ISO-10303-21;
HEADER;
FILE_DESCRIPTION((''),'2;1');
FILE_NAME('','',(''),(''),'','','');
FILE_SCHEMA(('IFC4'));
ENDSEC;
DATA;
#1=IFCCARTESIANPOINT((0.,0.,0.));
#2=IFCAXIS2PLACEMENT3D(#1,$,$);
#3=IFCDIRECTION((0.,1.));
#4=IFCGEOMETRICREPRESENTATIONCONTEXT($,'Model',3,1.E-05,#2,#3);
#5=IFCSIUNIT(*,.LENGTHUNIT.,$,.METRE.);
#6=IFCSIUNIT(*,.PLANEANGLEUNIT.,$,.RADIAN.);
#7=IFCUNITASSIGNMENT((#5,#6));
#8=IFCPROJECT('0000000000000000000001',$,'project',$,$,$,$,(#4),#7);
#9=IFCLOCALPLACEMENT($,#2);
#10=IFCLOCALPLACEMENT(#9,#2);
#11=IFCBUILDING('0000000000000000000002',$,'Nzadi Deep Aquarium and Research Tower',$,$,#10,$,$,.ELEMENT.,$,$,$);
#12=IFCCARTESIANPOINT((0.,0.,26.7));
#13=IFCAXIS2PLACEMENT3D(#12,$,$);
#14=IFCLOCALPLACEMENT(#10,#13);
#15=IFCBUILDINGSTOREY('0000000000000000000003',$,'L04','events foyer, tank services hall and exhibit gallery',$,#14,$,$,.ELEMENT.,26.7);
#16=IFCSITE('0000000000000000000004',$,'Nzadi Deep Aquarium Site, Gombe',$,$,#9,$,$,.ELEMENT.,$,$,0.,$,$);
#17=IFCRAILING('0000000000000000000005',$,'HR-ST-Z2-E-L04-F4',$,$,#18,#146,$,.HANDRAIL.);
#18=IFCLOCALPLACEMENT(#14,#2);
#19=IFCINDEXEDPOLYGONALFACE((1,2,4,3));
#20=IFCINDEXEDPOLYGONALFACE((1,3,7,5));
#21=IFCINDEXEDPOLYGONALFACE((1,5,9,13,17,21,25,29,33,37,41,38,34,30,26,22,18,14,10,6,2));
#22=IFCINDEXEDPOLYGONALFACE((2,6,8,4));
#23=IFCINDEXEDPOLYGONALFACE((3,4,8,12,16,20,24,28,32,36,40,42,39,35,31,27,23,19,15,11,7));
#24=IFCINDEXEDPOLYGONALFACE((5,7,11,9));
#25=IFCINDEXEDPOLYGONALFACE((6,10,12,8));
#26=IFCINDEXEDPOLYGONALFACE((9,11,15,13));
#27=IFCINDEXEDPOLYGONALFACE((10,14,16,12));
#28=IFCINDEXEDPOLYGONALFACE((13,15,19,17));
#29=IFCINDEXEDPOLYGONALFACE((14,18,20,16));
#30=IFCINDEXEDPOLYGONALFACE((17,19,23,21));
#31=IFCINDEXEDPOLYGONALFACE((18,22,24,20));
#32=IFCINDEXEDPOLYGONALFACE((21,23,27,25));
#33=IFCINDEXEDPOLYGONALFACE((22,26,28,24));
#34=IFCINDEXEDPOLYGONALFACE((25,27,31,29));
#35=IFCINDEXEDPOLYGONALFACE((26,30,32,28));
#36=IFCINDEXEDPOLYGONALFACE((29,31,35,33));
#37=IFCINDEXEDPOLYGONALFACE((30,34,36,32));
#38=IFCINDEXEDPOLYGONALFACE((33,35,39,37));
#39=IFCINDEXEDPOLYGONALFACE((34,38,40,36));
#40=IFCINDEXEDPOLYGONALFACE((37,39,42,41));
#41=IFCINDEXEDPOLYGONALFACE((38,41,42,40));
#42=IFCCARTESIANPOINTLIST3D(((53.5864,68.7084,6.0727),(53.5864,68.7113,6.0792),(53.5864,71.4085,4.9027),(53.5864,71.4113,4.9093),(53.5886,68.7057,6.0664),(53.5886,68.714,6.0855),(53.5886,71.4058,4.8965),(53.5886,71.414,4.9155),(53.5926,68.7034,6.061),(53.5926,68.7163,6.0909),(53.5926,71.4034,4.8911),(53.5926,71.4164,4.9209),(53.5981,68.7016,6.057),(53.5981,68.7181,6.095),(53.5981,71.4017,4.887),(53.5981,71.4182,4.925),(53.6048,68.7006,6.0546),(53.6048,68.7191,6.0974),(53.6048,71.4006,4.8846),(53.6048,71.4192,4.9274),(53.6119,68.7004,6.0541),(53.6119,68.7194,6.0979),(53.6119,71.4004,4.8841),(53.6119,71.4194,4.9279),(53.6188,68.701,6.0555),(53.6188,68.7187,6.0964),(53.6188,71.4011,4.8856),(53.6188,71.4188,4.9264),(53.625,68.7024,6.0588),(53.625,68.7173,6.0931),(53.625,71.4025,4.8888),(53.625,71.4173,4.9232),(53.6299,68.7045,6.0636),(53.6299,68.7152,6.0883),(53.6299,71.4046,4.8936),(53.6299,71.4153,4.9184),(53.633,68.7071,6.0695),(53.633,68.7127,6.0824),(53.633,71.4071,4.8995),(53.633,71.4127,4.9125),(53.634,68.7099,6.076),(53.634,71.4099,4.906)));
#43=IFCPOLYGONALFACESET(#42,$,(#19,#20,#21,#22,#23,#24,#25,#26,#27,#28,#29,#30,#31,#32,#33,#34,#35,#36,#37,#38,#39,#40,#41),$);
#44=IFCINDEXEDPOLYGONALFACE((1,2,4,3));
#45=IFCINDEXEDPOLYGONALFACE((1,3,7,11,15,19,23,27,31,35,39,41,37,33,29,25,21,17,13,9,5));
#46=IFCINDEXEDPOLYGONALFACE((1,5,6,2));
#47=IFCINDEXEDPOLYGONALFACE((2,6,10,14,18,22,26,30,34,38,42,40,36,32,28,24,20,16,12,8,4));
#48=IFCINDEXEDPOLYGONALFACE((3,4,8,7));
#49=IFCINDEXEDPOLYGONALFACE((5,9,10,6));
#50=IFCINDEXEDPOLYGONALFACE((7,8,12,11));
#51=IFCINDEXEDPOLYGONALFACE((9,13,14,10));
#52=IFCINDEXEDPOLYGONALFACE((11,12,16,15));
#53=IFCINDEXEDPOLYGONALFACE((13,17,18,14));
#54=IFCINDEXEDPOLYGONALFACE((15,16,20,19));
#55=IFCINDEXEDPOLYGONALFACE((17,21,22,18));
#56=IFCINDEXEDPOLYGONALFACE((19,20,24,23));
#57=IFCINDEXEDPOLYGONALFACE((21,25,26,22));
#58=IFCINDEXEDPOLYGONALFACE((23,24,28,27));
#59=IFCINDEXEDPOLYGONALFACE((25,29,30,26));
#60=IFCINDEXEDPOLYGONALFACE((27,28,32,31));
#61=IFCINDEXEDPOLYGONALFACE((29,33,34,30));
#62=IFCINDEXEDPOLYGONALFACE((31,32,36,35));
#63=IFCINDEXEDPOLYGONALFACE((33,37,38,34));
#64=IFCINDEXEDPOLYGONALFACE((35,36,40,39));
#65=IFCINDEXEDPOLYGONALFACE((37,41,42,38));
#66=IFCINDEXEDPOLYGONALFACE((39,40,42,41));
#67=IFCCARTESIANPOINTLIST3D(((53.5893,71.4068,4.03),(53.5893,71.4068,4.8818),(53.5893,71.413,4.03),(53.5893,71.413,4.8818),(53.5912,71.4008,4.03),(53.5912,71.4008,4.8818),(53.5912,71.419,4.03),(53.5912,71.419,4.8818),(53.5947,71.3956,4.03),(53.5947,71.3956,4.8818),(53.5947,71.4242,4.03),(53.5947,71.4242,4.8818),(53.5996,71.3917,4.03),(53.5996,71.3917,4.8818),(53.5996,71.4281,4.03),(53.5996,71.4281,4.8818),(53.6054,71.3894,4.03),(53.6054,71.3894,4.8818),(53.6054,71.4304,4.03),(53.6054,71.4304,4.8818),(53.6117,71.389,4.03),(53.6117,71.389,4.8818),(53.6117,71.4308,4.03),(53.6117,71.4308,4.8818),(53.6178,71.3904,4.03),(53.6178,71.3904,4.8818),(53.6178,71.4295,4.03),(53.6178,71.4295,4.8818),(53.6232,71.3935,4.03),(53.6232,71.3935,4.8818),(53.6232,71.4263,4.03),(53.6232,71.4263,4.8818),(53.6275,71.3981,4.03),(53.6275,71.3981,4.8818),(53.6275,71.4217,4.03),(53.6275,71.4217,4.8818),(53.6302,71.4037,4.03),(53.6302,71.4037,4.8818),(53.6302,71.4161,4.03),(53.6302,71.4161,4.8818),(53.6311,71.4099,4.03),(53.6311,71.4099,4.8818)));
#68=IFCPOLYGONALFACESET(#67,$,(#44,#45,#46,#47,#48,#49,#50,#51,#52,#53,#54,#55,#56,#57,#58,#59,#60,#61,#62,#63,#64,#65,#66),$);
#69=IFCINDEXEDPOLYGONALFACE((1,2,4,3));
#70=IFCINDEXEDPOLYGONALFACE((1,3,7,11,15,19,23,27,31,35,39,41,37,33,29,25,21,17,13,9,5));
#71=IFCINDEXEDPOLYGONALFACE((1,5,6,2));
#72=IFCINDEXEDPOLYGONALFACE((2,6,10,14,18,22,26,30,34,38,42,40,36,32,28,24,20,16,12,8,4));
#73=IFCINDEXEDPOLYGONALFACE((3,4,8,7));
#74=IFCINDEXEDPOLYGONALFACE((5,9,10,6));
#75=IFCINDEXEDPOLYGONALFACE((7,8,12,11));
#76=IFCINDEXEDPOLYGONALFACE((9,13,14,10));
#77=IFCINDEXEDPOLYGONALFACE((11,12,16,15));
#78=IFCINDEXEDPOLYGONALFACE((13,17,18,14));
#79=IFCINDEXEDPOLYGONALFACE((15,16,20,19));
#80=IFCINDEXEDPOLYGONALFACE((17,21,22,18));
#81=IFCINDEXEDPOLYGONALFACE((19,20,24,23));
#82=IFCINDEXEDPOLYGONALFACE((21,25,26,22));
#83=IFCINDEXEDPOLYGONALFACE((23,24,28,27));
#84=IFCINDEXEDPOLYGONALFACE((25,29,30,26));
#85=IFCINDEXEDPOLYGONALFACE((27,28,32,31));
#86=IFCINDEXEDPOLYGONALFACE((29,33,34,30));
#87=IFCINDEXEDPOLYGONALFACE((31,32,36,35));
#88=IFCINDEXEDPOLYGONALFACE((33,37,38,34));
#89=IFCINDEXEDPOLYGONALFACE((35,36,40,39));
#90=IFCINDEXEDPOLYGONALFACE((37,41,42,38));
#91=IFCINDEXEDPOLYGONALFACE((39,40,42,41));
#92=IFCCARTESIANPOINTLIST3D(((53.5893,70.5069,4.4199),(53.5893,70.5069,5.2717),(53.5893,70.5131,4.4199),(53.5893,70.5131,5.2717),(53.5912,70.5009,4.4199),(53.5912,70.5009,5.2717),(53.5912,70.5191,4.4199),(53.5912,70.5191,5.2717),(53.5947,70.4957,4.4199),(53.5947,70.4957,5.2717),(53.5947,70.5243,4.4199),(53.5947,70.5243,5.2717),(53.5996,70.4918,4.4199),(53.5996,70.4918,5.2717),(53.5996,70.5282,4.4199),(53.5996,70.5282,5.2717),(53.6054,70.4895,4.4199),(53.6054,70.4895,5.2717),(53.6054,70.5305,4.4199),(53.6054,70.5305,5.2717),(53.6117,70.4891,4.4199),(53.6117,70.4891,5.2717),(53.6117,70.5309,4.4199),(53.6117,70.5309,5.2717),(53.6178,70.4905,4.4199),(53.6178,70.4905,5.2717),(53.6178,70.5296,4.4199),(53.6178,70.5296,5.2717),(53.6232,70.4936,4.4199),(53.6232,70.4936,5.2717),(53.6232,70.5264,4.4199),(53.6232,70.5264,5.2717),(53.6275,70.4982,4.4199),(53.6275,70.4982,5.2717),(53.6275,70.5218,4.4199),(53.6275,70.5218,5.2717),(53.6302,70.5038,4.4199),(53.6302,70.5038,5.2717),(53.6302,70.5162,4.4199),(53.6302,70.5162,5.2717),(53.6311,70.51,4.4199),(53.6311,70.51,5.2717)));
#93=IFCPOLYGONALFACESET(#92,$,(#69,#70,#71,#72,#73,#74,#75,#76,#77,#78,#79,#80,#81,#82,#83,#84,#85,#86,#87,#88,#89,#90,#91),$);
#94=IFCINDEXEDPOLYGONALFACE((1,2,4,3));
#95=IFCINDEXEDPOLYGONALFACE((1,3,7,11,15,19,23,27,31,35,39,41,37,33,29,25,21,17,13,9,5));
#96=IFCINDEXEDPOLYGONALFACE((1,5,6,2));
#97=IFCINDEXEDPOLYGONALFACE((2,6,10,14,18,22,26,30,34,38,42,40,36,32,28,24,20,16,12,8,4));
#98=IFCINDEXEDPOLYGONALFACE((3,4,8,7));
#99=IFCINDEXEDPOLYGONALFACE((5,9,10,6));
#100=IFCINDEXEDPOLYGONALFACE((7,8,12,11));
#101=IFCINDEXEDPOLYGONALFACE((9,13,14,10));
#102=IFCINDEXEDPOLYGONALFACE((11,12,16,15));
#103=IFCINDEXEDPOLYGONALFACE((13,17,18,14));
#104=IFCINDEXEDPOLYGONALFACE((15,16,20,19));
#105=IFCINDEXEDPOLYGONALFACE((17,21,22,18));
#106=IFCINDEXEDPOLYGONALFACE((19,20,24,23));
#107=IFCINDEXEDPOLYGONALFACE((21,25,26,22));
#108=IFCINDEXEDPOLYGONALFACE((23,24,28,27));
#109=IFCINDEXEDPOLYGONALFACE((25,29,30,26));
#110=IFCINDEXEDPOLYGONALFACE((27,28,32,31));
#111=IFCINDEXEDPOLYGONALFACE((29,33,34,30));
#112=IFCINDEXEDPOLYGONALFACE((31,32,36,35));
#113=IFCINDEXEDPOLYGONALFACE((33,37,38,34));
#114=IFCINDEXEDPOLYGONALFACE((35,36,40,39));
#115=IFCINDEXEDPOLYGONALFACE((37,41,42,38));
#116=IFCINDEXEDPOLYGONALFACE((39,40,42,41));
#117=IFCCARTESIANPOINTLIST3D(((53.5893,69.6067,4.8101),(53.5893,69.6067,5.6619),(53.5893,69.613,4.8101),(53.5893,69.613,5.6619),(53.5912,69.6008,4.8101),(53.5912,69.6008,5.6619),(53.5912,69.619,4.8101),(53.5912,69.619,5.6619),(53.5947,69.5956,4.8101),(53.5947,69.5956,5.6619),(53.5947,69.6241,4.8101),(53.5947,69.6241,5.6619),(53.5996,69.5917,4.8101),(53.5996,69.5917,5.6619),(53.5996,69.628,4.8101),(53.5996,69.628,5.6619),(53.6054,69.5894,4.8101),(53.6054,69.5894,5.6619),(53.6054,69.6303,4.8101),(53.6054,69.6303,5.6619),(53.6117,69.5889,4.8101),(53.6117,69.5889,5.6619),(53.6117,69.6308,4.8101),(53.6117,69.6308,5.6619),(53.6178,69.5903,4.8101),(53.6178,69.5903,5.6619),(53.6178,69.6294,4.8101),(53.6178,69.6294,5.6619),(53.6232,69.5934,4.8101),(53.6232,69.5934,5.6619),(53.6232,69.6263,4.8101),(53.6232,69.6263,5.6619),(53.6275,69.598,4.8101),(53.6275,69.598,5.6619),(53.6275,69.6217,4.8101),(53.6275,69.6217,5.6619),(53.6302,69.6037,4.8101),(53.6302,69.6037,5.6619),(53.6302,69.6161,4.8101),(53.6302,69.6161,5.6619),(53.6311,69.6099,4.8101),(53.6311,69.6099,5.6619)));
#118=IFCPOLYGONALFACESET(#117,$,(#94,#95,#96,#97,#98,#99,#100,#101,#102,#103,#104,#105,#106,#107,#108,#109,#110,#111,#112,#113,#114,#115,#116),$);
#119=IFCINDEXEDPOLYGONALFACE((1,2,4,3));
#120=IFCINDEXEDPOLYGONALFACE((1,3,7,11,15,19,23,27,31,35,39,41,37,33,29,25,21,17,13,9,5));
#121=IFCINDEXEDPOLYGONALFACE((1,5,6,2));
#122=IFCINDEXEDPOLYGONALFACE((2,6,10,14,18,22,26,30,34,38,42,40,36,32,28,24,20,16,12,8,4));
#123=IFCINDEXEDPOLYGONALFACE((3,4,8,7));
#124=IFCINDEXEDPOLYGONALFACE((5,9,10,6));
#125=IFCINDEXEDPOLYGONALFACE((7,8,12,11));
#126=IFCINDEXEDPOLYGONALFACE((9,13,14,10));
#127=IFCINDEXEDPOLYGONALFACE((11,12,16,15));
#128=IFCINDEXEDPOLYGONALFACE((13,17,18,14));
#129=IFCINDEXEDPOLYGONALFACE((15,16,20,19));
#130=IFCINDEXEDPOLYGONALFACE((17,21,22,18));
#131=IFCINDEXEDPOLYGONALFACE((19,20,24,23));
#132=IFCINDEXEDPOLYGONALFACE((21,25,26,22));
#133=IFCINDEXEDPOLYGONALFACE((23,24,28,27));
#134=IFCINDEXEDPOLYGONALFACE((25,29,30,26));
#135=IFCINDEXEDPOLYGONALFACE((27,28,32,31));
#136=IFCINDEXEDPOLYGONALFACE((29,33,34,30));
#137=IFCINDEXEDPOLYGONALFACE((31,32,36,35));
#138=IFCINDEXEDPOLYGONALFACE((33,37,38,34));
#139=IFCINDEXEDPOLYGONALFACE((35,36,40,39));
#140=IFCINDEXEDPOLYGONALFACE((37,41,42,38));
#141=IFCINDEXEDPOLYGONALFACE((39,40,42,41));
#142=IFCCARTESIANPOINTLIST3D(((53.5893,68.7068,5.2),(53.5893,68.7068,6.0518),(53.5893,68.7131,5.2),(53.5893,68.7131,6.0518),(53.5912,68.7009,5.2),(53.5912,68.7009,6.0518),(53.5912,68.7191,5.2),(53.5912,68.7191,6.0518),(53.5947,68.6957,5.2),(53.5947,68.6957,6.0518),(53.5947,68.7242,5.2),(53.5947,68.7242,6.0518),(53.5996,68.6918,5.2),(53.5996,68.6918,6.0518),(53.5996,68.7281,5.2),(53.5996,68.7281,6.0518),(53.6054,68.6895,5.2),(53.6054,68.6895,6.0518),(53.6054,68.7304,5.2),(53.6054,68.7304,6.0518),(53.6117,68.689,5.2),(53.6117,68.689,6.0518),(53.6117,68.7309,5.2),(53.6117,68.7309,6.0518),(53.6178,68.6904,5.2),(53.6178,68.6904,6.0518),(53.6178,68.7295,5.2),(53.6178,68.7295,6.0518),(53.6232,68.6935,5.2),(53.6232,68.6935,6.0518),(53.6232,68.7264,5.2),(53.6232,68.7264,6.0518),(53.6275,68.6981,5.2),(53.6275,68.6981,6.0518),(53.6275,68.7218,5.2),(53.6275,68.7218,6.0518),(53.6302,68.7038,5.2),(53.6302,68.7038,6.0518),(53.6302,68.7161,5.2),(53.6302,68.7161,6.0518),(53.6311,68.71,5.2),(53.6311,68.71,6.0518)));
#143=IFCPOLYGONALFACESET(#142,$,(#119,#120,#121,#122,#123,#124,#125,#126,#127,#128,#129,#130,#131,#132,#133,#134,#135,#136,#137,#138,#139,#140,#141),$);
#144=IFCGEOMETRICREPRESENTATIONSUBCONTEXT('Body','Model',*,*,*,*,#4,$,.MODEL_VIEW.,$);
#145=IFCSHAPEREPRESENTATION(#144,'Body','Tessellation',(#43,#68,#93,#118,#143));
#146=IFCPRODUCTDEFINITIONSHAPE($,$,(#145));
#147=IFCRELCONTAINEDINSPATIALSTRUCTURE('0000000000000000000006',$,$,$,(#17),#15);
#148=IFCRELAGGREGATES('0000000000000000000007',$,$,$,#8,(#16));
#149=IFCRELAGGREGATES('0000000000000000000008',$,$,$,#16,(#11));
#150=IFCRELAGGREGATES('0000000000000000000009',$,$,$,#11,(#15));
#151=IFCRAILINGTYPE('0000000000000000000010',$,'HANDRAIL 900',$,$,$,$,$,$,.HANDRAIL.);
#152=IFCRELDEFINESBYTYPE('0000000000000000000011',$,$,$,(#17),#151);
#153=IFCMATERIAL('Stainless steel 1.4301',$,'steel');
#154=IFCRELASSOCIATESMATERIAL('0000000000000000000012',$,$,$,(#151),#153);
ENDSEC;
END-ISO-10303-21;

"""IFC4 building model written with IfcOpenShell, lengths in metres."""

from ifc_helpers import new_model, si_unit, direction, frame, origin, origin_2d, place, context, subcontext, project, spatial, circle, extrude, material, type_object, element, save


model = new_model("IFC4")

# Units and contexts
model_context = context("Model", 3, precision=1e-05, world=origin(), true_north=direction((0.0, 1.0)))
body_context = subcontext(model_context, "Body", "Model", "MODEL_VIEW")
ifc_project = project(units=[si_unit("LENGTHUNIT", "METRE"), si_unit("PLANEANGLEUNIT", "RADIAN")], contexts=[model_context])

# Site, building, storey
site_placement = place(None, origin())
site = spatial("IfcSite", under=ifc_project, at=site_placement, Name="Nzadi Deep Aquarium Site, Gombe", CompositionType="ELEMENT", RefElevation=0.0)
building_placement = place(site_placement, origin())
building = spatial("IfcBuilding", under=site, at=building_placement, Name="Nzadi Deep Aquarium and Research Tower", CompositionType="ELEMENT")
storey_placement = place(building_placement, frame((0.0, 0.0, 26.7)))
storey = spatial("IfcBuildingStorey", under=building, at=storey_placement, Name="L04", Description="events foyer, tank services hall and exhibit gallery", CompositionType="ELEMENT", Elevation=26.7)

# Railing
ifc_material_1 = material(Name="Stainless steel 1.4301", Category="steel")
railing_type_1 = type_object("IfcRailingType", Name="HANDRAIL 900", PredefinedType="HANDRAIL", material=ifc_material_1)
for number, where, name in (
    (1, (53.6101, 71.4099, 4.03), "HR-ST-Z2-E-L04-F4"),
):
    element("IfcRailing", number, at=place(storey_placement, frame(where)), inside=storey, type_object=railing_type_1, Name=name, PredefinedType="HANDRAIL", context=body_context, shape_type="SweptSolid", body=[
        extrude(circle(Radius=0.0239, at=origin_2d()), frame((0.0, 0.0, 0.876), z_axis=(0.0, -0.917563, 0.397591), x_axis=(1.0, 0.0, 0.0)), (0.0, 0.0, 1.0), 2.9426),
        extrude(circle(Radius=0.021, at=origin_2d()), origin(), (0.0, 0.0, 1.0), 0.8518),
        extrude(circle(Radius=0.021, at=origin_2d()), frame((0.0, -0.8999, 0.3899)), (0.0, 0.0, 1.0), 0.8518),
        extrude(circle(Radius=0.021, at=origin_2d()), frame((0.0, -1.8, 0.78)), (0.0, 0.0, 1.0), 0.8518),
        extrude(circle(Radius=0.021, at=origin_2d()), frame((0.0, -2.7, 1.1699)), (0.0, 0.0, 1.0), 0.8518),
    ])

save(model, "model.ifc")
